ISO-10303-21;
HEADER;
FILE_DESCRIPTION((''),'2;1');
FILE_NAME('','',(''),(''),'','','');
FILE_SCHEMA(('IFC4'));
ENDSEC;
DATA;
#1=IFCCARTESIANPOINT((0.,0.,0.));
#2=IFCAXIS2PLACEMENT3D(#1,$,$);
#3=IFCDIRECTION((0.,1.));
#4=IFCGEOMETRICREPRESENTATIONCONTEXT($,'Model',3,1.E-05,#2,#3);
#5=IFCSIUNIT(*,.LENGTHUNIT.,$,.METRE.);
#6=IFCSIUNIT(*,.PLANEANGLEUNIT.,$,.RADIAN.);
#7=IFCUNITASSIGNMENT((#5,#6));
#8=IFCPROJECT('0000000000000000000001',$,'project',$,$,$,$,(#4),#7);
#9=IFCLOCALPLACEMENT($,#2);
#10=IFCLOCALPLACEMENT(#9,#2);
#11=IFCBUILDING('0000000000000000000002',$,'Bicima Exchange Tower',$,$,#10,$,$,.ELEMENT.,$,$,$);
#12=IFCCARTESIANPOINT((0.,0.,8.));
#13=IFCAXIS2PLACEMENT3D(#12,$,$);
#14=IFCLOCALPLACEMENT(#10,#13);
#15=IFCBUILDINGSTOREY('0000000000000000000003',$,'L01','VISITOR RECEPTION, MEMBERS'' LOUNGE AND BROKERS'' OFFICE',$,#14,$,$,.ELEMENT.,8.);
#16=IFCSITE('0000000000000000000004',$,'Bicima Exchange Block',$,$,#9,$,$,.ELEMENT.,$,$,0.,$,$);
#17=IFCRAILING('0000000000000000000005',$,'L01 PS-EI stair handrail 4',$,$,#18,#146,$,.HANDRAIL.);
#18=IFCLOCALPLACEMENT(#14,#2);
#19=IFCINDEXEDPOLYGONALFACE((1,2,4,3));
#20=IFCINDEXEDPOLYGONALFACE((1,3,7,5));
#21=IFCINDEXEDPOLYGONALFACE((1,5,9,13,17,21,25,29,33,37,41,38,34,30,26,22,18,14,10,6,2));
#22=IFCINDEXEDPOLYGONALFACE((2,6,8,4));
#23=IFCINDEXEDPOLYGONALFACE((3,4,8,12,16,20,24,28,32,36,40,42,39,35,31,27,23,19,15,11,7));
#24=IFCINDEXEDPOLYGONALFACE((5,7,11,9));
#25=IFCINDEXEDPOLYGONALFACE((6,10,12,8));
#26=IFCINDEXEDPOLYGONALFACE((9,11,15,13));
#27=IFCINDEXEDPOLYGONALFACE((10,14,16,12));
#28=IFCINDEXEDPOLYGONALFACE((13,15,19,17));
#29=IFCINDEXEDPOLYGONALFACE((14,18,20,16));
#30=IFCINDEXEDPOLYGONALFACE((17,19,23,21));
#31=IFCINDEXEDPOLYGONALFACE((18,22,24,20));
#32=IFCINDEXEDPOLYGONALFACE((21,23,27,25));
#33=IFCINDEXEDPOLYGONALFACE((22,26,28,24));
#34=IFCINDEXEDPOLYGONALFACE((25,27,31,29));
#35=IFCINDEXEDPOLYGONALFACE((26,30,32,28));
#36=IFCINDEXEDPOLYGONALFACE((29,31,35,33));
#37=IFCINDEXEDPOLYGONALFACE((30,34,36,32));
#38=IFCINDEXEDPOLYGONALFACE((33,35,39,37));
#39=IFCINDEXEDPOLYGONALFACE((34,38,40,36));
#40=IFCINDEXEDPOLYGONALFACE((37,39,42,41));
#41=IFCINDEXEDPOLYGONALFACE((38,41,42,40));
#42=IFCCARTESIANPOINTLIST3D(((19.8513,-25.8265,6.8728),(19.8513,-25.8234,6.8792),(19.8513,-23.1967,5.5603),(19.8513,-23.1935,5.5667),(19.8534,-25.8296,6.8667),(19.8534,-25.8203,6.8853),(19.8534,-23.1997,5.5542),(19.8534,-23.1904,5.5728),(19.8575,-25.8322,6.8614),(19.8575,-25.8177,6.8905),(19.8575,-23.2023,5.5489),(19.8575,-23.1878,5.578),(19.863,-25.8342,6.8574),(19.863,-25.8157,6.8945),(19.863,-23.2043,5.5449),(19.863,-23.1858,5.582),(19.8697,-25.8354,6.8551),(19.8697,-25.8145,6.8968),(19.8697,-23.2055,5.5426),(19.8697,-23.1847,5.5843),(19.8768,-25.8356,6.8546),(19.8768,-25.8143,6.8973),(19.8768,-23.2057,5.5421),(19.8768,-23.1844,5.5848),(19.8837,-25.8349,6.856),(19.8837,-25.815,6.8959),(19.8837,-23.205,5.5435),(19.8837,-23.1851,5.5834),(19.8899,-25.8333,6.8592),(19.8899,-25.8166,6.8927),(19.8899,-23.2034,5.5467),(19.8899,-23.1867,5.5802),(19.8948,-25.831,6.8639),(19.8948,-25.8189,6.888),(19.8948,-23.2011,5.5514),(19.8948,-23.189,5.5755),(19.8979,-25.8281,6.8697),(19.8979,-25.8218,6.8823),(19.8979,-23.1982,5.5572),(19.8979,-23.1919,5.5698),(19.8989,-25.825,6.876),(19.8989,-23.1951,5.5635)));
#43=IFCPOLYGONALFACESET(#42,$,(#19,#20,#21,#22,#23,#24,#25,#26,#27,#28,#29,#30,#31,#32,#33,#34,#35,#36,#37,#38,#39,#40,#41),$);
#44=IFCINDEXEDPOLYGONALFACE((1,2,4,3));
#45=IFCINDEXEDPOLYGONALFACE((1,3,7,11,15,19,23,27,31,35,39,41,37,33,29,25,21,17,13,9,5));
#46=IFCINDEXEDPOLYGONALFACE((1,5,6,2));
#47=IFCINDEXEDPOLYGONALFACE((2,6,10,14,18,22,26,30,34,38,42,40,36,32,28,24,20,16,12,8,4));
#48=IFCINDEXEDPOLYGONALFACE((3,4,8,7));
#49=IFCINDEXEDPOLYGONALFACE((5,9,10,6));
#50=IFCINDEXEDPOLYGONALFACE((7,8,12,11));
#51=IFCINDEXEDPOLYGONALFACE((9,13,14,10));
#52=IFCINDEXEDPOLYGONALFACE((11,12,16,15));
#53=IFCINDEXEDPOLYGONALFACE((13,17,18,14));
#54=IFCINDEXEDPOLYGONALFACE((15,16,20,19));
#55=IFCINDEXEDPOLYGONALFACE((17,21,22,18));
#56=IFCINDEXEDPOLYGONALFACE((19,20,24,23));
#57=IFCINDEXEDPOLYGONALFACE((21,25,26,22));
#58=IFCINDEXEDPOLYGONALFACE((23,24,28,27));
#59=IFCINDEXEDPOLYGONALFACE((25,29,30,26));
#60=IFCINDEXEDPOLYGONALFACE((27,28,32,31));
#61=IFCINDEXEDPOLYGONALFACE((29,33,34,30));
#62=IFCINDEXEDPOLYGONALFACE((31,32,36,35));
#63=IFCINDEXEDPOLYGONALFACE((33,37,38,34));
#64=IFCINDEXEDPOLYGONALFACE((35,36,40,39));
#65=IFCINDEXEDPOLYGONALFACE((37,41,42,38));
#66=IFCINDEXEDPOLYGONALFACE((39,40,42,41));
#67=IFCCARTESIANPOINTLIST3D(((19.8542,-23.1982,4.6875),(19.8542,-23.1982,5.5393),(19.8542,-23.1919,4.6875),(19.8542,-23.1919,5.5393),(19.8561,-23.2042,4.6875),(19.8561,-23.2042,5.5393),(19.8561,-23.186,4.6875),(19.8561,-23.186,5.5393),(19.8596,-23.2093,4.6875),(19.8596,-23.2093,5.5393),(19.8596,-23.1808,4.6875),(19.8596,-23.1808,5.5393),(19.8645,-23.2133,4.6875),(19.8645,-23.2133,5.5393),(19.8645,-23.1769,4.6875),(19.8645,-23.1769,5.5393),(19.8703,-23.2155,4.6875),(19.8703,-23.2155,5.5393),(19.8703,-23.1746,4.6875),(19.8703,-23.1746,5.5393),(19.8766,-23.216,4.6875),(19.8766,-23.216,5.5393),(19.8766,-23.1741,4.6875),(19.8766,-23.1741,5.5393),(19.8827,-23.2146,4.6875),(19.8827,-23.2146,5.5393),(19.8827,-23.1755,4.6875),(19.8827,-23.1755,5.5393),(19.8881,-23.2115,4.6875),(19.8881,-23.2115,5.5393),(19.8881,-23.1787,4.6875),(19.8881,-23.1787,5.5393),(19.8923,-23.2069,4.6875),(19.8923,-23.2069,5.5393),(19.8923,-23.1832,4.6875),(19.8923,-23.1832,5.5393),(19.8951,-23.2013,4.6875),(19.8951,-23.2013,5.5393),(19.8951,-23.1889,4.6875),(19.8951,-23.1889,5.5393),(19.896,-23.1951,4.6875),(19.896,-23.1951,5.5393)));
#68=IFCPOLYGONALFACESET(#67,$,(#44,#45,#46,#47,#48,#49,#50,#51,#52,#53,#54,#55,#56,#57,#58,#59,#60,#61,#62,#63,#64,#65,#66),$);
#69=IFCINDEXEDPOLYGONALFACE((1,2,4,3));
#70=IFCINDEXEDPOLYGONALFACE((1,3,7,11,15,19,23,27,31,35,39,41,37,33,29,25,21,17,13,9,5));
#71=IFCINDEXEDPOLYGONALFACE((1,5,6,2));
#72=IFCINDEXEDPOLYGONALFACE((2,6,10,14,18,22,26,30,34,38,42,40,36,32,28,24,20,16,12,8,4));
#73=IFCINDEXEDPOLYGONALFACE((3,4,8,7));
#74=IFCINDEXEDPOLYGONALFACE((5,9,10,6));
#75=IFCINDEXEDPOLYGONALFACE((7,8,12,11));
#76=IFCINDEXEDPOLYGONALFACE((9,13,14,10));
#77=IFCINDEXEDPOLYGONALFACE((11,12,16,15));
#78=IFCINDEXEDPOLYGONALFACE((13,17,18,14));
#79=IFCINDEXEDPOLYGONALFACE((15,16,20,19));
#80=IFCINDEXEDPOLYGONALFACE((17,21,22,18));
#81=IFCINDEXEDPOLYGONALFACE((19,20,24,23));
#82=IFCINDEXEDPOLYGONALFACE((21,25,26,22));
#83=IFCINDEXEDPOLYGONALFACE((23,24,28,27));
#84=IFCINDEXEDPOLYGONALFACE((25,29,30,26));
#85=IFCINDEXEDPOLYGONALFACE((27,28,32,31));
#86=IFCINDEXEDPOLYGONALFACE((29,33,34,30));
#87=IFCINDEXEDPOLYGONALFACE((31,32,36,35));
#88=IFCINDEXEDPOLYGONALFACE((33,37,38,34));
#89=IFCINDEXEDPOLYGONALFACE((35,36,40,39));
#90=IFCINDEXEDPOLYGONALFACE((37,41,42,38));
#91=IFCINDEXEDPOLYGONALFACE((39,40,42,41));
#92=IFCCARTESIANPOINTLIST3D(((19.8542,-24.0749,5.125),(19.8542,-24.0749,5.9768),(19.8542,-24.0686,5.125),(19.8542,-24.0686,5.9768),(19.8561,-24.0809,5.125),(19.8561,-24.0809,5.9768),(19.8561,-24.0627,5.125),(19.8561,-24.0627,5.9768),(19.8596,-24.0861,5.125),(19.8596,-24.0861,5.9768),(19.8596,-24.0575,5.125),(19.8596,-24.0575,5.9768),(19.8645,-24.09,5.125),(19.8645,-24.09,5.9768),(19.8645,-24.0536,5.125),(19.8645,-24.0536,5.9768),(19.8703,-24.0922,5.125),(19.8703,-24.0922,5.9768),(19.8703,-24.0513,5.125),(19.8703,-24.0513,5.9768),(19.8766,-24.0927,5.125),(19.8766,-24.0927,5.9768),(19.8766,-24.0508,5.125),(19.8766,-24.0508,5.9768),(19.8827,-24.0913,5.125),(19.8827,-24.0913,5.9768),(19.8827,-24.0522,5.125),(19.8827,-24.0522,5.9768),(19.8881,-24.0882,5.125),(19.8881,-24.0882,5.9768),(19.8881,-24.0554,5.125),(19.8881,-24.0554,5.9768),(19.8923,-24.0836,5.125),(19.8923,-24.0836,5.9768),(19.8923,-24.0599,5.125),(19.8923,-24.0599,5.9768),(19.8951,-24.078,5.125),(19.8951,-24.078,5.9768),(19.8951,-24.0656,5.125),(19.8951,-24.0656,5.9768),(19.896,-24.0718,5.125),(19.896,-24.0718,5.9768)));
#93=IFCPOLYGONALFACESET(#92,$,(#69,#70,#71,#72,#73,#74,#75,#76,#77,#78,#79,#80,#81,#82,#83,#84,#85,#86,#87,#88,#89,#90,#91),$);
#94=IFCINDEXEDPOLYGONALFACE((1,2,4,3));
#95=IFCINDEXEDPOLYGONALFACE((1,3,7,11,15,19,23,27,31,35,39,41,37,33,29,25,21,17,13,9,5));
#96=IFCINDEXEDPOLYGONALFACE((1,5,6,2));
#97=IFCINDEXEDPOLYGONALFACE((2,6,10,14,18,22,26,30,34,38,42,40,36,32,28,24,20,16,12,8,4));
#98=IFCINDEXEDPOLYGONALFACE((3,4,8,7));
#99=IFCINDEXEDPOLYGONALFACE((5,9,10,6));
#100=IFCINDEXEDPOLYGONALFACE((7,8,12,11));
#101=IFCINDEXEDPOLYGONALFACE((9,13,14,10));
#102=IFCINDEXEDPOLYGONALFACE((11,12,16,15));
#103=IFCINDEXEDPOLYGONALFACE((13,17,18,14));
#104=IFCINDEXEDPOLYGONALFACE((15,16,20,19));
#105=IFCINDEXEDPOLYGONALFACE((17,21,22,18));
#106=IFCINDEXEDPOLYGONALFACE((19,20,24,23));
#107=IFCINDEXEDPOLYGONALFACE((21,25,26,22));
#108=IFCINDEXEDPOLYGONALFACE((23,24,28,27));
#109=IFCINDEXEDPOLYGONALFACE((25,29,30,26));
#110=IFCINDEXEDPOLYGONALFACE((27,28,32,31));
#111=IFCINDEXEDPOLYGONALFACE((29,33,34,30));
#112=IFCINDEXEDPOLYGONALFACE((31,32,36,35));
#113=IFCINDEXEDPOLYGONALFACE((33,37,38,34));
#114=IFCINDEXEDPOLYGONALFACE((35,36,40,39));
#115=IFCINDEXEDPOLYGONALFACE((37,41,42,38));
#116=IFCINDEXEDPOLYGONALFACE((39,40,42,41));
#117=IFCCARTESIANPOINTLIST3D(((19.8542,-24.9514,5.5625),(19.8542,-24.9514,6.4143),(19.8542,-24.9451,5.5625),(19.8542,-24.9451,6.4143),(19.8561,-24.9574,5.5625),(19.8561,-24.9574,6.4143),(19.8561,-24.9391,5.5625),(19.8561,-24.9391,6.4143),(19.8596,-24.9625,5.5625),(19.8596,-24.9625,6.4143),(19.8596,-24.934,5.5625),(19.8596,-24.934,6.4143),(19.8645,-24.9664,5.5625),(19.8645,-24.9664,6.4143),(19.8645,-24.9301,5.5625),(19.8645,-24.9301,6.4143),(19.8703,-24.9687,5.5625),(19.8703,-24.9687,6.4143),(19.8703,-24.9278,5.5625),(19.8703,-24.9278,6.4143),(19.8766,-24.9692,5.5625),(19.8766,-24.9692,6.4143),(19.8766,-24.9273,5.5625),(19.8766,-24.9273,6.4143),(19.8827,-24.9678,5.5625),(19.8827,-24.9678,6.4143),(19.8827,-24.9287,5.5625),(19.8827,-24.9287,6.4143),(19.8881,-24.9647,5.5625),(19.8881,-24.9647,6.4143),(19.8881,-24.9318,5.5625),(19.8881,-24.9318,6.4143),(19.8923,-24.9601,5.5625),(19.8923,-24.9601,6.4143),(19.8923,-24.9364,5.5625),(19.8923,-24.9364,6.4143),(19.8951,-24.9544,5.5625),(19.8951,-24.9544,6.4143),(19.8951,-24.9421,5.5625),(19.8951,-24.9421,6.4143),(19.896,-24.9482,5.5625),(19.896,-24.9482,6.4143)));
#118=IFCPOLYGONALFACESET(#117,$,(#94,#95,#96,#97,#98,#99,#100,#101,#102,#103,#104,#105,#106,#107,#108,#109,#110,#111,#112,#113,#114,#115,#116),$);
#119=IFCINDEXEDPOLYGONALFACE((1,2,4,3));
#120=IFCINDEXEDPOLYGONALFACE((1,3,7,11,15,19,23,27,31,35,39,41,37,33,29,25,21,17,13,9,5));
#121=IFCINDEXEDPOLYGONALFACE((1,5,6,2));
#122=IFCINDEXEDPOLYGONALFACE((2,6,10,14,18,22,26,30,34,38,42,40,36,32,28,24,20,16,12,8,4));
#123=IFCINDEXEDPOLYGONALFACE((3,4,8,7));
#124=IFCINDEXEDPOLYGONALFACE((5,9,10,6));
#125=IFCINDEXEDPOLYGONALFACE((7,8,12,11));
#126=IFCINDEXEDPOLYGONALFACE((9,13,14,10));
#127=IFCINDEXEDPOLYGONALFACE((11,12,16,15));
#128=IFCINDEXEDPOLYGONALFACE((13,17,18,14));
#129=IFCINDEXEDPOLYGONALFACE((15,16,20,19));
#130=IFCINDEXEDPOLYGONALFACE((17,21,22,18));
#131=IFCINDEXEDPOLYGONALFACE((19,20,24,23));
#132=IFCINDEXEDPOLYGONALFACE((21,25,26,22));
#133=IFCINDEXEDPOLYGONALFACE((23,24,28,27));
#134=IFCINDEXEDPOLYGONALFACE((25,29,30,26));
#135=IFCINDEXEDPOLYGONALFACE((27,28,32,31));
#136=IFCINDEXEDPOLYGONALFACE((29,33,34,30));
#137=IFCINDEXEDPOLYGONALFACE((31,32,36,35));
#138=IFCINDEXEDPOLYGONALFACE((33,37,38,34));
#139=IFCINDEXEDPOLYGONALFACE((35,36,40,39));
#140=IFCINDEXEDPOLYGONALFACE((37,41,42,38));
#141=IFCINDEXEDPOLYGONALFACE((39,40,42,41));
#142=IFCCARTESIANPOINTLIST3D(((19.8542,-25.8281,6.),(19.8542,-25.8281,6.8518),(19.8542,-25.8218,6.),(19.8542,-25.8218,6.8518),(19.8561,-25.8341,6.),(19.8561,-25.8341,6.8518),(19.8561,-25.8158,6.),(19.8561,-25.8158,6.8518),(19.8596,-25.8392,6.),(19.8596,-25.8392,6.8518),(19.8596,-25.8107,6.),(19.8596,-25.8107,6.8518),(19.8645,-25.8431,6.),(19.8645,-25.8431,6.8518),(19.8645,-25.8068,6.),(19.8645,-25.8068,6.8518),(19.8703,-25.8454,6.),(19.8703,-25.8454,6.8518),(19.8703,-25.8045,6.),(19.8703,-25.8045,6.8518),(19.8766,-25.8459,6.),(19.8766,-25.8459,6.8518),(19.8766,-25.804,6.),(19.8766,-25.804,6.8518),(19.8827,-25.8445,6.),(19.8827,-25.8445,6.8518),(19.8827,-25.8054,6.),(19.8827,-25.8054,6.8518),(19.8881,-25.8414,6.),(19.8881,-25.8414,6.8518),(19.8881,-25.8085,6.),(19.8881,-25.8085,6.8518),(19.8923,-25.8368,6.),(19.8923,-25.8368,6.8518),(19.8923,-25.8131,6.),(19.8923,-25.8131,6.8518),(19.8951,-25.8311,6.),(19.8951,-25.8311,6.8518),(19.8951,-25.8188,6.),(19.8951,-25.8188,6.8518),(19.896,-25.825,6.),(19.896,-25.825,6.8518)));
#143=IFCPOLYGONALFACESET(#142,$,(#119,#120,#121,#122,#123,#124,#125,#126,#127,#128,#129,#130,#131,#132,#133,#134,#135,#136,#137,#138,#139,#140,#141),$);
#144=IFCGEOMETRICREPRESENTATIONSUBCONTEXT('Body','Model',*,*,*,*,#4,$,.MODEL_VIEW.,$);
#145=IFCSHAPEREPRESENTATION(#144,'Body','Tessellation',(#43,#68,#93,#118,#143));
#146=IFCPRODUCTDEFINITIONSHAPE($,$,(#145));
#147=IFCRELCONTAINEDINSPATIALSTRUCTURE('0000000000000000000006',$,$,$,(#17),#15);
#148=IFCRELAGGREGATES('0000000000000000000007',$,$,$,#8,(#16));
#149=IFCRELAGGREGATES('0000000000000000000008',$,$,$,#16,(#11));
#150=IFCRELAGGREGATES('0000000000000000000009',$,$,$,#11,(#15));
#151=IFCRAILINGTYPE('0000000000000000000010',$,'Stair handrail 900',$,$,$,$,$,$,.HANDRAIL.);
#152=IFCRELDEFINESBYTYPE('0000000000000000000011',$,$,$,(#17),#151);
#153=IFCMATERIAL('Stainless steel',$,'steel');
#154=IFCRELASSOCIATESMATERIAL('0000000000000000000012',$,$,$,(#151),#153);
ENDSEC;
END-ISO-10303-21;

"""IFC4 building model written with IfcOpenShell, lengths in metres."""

from ifc_helpers import new_model, si_unit, direction, frame, origin, origin_2d, place, context, subcontext, project, spatial, circle, extrude, material, type_object, element, save


model = new_model("IFC4")

# Units and contexts
model_context = context("Model", 3, precision=1e-05, world=origin(), true_north=direction((0.0, 1.0)))
body_context = subcontext(model_context, "Body", "Model", "MODEL_VIEW")
ifc_project = project(units=[si_unit("LENGTHUNIT", "METRE"), si_unit("PLANEANGLEUNIT", "RADIAN")], contexts=[model_context])

# Site, building, storey
site_placement = place(None, origin())
site = spatial("IfcSite", under=ifc_project, at=site_placement, Name="Bicima Exchange Block", CompositionType="ELEMENT", RefElevation=0.0)
building_placement = place(site_placement, origin())
building = spatial("IfcBuilding", under=site, at=building_placement, Name="Bicima Exchange Tower", CompositionType="ELEMENT")
storey_placement = place(building_placement, frame((0.0, 0.0, 8.0)))
storey = spatial("IfcBuildingStorey", under=building, at=storey_placement, Name="L01", Description="VISITOR RECEPTION, MEMBERS' LOUNGE AND BROKERS' OFFICE", CompositionType="ELEMENT", Elevation=8.0)

# Railing
ifc_material_1 = material(Name="Stainless steel", Category="steel")
railing_type_1 = type_object("IfcRailingType", Name="Stair handrail 900", PredefinedType="HANDRAIL", material=ifc_material_1)
railing_1_placement = place(storey_placement, frame((19.875, -23.1951, 4.6875)))
element("IfcRailing", 1, at=railing_1_placement, inside=storey, type_object=railing_type_1, Name="L01 PS-EI stair handrail 4", PredefinedType="HANDRAIL", context=body_context, shape_type="SweptSolid", body=[
    extrude(circle(Radius=0.0239, at=origin_2d()), frame((0.0, 0.0, 0.876), z_axis=(0.0, -0.894759, 0.446549), x_axis=(1.0, 0.0, 0.0)), (0.0, 0.0, 1.0), 2.9392),
    extrude(circle(Radius=0.021, at=origin_2d()), origin(), (0.0, 0.0, 1.0), 0.8518),
    extrude(circle(Radius=0.021, at=origin_2d()), frame((0.0, -0.8767, 0.4375)), (0.0, 0.0, 1.0), 0.8518),
    extrude(circle(Radius=0.021, at=origin_2d()), frame((0.0, -1.7532, 0.875)), (0.0, 0.0, 1.0), 0.8518),
    extrude(circle(Radius=0.021, at=origin_2d()), frame((0.0, -2.6299, 1.3125)), (0.0, 0.0, 1.0), 0.8518),
])

save(model, "model.ifc")
